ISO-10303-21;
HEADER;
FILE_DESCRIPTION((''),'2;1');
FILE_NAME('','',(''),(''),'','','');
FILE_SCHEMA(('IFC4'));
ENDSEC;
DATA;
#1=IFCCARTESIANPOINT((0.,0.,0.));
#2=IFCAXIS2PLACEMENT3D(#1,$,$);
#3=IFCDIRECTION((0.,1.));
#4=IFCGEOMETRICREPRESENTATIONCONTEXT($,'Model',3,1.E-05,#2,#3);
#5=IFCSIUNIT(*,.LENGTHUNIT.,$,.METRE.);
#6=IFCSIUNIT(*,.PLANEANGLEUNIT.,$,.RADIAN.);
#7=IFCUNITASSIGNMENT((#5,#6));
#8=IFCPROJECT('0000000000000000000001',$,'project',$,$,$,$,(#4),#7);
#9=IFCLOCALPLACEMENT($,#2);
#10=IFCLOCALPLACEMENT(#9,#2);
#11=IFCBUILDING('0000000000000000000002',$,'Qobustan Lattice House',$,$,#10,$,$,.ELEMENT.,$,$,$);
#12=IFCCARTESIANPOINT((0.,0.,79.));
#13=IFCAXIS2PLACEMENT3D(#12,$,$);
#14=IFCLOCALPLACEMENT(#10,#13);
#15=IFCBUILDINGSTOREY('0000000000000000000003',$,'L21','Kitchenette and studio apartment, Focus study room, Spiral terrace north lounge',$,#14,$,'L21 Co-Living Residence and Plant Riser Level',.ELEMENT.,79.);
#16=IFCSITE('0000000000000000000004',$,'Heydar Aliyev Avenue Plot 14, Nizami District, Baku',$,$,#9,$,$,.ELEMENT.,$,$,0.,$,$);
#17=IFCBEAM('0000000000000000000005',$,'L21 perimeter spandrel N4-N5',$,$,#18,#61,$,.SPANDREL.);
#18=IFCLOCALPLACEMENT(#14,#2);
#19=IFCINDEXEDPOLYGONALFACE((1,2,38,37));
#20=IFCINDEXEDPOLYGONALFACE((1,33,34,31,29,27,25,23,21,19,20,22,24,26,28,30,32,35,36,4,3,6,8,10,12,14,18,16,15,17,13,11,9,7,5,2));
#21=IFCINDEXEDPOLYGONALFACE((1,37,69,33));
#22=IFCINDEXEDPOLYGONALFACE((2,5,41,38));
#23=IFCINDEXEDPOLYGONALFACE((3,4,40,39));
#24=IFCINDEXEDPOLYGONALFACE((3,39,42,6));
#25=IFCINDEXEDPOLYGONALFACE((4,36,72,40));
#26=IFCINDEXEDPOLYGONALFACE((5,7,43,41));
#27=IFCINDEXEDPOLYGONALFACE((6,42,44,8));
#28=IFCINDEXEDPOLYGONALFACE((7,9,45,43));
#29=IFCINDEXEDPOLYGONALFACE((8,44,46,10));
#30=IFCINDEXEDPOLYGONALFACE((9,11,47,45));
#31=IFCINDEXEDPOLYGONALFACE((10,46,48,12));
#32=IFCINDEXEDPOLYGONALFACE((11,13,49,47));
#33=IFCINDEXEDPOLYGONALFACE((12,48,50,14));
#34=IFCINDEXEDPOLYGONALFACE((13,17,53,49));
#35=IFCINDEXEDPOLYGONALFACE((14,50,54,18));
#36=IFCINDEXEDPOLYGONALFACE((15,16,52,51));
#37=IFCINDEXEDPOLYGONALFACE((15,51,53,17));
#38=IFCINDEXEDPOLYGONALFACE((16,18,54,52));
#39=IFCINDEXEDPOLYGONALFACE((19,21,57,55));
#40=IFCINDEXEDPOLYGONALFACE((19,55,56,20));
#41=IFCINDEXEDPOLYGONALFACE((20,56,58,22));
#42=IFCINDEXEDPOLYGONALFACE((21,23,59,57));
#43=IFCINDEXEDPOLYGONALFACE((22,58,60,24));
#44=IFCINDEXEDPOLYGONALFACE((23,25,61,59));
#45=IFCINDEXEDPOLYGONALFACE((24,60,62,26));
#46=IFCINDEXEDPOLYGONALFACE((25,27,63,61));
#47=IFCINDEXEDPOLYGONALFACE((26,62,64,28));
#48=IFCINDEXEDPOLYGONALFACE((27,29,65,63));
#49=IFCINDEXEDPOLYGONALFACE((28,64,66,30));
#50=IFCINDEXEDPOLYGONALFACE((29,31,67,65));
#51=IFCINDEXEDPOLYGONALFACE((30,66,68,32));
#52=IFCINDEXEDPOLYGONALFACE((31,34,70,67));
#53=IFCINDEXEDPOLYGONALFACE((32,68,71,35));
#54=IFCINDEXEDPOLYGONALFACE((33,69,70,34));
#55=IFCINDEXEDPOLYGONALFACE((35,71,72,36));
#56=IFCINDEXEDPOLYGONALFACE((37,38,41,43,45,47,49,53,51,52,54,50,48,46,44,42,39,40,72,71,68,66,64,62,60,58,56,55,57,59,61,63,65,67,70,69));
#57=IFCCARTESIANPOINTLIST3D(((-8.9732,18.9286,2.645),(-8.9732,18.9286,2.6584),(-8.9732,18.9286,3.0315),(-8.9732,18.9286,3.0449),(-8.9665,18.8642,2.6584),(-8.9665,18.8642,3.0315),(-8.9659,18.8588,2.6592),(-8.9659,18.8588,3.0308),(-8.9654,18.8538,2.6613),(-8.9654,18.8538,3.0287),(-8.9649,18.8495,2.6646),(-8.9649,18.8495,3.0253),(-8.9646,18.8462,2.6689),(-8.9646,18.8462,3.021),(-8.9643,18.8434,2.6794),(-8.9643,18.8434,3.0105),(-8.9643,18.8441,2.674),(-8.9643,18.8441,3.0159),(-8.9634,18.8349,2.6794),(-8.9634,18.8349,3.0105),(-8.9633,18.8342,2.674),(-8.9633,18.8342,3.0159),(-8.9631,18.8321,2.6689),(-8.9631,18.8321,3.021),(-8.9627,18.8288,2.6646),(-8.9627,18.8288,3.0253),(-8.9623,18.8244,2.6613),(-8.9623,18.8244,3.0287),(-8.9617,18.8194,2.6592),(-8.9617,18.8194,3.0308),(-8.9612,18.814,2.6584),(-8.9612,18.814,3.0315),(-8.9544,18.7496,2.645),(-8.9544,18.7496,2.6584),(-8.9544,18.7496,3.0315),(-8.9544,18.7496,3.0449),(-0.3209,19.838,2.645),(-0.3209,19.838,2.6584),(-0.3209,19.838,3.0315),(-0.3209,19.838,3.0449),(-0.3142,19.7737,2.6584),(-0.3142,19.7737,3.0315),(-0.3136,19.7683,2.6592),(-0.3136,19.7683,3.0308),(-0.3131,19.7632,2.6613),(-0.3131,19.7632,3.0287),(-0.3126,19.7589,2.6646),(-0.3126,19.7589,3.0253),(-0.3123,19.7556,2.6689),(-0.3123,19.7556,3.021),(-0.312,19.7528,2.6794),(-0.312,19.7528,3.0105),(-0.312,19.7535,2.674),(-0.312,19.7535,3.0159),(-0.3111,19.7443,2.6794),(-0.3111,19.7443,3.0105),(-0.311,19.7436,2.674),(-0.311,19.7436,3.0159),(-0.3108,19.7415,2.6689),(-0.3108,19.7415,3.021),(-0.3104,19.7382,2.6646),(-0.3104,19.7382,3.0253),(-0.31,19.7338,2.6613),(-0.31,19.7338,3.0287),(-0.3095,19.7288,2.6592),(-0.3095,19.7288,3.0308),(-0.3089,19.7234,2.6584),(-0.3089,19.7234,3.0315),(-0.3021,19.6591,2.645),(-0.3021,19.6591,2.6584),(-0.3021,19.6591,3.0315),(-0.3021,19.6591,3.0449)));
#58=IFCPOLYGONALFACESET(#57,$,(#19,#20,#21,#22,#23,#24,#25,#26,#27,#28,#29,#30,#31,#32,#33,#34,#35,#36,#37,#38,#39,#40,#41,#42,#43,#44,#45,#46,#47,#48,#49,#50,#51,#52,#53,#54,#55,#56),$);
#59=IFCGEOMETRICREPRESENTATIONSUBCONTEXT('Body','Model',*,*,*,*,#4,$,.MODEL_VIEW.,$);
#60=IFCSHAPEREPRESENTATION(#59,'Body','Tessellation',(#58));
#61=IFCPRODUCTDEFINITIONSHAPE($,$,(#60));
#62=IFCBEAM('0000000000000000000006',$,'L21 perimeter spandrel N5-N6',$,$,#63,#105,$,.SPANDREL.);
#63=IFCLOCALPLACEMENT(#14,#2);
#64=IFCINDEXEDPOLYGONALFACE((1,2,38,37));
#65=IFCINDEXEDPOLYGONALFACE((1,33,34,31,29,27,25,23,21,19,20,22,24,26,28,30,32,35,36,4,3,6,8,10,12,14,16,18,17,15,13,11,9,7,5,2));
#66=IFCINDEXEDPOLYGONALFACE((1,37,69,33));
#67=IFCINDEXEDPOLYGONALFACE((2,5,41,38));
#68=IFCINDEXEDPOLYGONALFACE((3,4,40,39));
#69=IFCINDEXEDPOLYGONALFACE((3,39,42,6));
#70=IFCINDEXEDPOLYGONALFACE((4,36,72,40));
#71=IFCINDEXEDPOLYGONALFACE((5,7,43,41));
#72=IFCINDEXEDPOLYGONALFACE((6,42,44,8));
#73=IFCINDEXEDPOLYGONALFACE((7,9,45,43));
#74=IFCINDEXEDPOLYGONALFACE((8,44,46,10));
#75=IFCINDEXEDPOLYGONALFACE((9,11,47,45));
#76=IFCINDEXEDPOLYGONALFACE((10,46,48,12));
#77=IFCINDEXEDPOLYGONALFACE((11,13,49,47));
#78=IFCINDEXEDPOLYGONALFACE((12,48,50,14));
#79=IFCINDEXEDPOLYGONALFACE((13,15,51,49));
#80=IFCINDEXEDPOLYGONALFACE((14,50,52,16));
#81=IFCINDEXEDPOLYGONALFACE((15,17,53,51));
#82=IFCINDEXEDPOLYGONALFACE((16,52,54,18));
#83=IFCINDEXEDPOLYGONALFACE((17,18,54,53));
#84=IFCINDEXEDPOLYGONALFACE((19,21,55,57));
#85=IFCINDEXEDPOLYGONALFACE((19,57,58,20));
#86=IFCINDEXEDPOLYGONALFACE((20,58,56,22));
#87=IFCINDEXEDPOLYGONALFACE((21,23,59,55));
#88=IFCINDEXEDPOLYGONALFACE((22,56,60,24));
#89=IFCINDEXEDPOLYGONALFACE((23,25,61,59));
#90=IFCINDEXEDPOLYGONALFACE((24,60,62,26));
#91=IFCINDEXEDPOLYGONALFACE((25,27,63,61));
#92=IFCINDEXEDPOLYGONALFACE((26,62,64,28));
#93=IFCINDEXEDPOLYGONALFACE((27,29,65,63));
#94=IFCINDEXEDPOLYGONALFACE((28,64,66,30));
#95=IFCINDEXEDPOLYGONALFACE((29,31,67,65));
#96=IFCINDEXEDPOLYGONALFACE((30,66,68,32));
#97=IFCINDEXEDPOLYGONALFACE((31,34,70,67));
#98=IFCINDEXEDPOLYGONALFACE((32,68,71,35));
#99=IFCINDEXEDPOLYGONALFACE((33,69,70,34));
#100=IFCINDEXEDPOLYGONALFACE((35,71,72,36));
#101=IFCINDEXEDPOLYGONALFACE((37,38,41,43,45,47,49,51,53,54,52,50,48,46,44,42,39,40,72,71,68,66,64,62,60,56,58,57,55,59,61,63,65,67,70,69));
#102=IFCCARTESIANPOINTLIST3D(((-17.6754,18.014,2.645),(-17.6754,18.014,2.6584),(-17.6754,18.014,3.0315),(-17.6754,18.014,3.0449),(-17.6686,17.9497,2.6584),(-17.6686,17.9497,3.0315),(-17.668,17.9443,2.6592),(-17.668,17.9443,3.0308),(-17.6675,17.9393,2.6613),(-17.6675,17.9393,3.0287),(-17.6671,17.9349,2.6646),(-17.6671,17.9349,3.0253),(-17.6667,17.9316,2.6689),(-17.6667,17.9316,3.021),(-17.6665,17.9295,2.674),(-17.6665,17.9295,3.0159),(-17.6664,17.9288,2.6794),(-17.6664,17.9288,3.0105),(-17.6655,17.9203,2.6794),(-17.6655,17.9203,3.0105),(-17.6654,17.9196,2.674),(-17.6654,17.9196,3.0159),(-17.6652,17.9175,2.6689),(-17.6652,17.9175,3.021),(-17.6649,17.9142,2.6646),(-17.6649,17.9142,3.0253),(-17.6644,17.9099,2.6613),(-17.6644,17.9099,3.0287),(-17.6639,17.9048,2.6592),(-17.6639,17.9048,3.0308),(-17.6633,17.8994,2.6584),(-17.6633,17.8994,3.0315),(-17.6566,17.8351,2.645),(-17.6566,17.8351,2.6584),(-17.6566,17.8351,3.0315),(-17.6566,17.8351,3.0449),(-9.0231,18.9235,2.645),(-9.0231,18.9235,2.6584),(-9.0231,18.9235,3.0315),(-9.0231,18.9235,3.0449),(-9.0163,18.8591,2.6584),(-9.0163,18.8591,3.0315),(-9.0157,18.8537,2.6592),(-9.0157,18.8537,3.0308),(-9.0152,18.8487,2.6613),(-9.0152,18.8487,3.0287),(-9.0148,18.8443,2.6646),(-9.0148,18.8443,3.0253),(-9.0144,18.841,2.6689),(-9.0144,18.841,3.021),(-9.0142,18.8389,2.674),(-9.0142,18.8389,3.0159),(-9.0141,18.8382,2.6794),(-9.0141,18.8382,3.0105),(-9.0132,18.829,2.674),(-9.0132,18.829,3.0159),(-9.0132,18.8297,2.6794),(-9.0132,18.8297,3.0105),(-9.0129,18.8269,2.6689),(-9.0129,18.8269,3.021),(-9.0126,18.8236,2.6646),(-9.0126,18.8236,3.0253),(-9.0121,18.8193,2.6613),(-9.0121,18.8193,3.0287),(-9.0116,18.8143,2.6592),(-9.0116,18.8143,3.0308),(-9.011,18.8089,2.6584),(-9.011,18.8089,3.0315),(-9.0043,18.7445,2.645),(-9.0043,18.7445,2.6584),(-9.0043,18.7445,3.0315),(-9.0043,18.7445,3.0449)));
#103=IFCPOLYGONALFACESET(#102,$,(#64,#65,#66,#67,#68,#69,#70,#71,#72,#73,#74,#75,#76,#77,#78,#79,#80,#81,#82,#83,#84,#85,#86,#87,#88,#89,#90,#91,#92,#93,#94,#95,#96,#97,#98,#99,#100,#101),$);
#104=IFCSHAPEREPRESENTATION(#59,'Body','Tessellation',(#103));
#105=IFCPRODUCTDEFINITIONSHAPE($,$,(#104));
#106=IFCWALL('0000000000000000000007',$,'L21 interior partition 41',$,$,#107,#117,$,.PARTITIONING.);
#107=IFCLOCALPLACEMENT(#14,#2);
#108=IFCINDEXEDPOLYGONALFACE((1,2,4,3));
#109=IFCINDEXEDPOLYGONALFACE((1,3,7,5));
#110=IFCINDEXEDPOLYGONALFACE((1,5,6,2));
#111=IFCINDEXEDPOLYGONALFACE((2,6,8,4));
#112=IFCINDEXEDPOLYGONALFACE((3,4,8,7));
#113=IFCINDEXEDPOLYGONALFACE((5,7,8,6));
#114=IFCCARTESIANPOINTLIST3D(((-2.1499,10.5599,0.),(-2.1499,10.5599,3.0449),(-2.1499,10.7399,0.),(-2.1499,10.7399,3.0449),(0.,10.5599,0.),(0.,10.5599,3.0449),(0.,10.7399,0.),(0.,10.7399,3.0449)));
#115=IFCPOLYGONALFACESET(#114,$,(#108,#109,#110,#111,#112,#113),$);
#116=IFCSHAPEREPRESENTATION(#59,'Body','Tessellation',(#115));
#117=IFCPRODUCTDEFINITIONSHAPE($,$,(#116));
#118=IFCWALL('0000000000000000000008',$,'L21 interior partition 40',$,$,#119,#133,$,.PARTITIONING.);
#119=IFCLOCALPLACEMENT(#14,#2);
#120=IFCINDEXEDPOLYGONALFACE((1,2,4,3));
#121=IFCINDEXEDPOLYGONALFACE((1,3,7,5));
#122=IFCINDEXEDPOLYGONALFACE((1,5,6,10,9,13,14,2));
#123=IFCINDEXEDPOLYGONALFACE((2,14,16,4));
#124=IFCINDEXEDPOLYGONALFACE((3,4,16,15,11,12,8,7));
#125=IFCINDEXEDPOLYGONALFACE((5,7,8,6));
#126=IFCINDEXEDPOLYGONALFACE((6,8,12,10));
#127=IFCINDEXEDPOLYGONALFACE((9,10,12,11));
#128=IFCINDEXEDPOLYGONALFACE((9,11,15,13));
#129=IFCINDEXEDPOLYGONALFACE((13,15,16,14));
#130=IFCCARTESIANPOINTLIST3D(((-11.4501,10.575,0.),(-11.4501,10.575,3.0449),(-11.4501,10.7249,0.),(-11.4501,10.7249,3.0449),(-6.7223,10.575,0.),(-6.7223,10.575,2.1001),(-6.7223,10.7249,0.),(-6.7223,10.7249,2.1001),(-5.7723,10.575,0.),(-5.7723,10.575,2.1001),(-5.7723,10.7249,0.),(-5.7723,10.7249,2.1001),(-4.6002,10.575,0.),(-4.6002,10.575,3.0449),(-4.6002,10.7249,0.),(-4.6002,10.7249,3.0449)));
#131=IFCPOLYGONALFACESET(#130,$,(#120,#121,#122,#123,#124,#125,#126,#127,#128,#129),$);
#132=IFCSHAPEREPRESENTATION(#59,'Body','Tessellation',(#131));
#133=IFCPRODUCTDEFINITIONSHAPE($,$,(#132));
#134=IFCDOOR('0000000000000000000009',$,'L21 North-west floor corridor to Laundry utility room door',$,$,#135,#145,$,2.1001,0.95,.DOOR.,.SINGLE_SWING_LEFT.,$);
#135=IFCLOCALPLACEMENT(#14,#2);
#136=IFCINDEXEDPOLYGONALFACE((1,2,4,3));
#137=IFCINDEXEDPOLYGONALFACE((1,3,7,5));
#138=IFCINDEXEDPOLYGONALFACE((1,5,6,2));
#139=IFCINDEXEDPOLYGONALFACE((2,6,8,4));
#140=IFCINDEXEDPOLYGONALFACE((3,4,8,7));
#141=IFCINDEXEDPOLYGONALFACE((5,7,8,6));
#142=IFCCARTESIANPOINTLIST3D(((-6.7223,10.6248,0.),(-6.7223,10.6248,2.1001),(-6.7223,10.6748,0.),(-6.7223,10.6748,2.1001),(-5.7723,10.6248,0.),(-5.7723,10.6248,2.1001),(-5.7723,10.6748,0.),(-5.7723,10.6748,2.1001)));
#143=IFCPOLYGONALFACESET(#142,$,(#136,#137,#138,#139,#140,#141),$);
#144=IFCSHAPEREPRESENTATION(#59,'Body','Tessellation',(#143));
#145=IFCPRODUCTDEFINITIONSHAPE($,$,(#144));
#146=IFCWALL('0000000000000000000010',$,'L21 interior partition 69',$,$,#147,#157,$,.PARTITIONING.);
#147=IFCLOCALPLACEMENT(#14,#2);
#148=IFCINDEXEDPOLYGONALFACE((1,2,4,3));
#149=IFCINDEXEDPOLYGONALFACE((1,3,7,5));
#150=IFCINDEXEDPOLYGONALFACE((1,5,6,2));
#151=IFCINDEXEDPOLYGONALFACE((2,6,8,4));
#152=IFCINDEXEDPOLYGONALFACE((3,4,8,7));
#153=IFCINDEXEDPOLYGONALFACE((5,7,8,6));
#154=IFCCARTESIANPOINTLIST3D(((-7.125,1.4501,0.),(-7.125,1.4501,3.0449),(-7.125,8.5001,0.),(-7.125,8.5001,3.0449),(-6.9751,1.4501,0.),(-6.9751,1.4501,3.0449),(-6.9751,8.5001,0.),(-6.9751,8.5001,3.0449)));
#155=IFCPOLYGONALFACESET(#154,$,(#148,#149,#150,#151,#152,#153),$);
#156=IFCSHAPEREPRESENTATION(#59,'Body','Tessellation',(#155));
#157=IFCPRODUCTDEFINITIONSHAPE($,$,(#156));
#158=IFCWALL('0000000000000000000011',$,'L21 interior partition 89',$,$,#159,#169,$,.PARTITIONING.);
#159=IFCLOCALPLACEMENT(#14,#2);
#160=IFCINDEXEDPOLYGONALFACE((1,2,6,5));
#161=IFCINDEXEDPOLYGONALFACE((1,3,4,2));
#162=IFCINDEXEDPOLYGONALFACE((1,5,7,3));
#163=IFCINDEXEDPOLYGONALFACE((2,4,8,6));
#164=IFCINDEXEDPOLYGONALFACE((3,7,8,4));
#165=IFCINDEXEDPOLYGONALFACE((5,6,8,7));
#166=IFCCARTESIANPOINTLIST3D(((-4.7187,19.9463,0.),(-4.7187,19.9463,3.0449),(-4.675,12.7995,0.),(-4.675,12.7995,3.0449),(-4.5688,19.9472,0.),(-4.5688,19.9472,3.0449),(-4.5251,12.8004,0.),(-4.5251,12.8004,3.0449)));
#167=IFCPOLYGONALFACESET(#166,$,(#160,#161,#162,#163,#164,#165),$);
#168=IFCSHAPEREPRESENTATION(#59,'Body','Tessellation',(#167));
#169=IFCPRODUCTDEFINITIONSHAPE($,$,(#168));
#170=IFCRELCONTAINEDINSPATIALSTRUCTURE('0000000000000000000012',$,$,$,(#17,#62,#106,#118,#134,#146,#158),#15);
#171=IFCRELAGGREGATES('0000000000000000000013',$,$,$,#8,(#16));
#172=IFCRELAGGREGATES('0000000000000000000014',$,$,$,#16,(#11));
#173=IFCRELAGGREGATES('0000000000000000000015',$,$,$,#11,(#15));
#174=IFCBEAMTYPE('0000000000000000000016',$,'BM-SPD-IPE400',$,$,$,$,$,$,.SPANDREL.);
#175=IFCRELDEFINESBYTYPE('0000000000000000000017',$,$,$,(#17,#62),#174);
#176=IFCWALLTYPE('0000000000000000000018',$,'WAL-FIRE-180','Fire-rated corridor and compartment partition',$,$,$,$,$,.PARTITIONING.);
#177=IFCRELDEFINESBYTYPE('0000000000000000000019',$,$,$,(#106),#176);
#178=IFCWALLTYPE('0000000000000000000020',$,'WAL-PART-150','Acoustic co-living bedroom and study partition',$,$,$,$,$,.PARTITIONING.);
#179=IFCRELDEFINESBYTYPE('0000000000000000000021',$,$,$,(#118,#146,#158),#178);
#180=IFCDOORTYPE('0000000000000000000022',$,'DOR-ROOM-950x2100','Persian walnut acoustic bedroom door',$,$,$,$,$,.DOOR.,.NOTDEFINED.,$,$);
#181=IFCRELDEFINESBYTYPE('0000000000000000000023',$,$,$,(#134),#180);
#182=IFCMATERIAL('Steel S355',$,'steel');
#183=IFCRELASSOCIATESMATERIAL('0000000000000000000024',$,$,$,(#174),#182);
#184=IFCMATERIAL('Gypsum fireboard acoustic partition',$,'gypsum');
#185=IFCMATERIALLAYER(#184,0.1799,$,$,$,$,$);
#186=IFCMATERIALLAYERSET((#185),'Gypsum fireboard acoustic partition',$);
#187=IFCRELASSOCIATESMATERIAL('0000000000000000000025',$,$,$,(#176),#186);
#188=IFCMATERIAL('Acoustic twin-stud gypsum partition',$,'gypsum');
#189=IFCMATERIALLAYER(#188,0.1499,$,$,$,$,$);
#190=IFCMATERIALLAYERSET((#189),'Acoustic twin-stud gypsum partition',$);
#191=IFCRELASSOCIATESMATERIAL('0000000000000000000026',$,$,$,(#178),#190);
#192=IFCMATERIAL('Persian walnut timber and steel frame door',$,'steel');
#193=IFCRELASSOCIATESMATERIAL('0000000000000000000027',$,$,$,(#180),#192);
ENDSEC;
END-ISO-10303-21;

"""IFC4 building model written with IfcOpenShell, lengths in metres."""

from ifc_helpers import new_model, si_unit, direction, frame, frame_2d, origin, origin_2d, place, context, subcontext, project, spatial, rectangle, i_section, extrude, material, layer, layer_set, material_profile, profile_set, type_object, element, fill, save


model = new_model("IFC4")

# Units and contexts
model_context = context("Model", 3, precision=1e-05, world=origin(), true_north=direction((0.0, 1.0)))
body_context = subcontext(model_context, "Body", "Model", "MODEL_VIEW")
ifc_project = project(units=[si_unit("LENGTHUNIT", "METRE"), si_unit("PLANEANGLEUNIT", "RADIAN")], contexts=[model_context])

# Site, building, storey
site_placement = place(None, origin())
site = spatial("IfcSite", under=ifc_project, at=site_placement, Name="Heydar Aliyev Avenue Plot 14, Nizami District, Baku", CompositionType="ELEMENT", RefElevation=0.0)
building_placement = place(site_placement, origin())
building = spatial("IfcBuilding", under=site, at=building_placement, Name="Qobustan Lattice House", CompositionType="ELEMENT")
storey_placement = place(building_placement, frame((0.0, 0.0, 79.0)))
storey = spatial("IfcBuildingStorey", under=building, at=storey_placement, Name="L21", Description="Kitchenette and studio apartment, Focus study room, Spiral terrace north lounge", LongName="L21 Co-Living Residence and Plant Riser Level", CompositionType="ELEMENT", Elevation=79.0)

# Beams
ifc_material_1 = material(Name="Steel S355", Category="steel")
ifc_material_profile_1 = material_profile(ifc_material_1, i_section(OverallWidth=0.1799, OverallDepth=0.3999, WebThickness=0.0085, FlangeThickness=0.0134, FilletRadius=0.021, at=origin_2d()), Name="IPE400")
ifc_profile_set_1 = profile_set([ifc_material_profile_1], Name="Steel S355")
beam_type_1 = type_object("IfcBeamType", Name="BM-SPD-IPE400", PredefinedType="SPANDREL", material=ifc_profile_set_1)
for number, where, z_axis, x_axis, name in (
    (1, (-0.3115, 19.7485, 2.845), (-0.994522, -0.104531, 0.0), (0.104531, -0.994522, 0.0), "L21 perimeter spandrel N4-N5"),
    (2, (-9.0137, 18.834, 2.845), (-0.994522, -0.104531, 0.0), (0.104531, -0.994522, 0.0), "L21 perimeter spandrel N5-N6"),
):
    element("IfcBeam", number, at=place(storey_placement, frame(where, z_axis=z_axis, x_axis=x_axis)), inside=storey, type_object=beam_type_1, Name=name, PredefinedType="SPANDREL", context=body_context, shape_type="SweptSolid", body=[
        extrude(i_section(OverallWidth=0.1799, OverallDepth=0.3999, WebThickness=0.0085, FlangeThickness=0.0134, FilletRadius=0.021, at=origin_2d()), origin(), (0.0, 0.0, 1.0), 8.7),
    ])

# Wall
ifc_material_2 = material(Name="Gypsum fireboard acoustic partition", Category="gypsum")
ifc_layer_1 = layer(ifc_material_2, 0.1799)
ifc_layer_set_1 = layer_set([ifc_layer_1], Name="Gypsum fireboard acoustic partition")
wall_type_1 = type_object("IfcWallType", Name="WAL-FIRE-180", Description="Fire-rated corridor and compartment partition", PredefinedType="PARTITIONING", material=ifc_layer_set_1)
wall_1_placement = place(storey_placement, frame((-2.1499, 10.6499, 0.0), z_axis=(0.0, 0.0, 1.0), x_axis=(1.0, 0.0, 0.0)))
element("IfcWall", 3, at=wall_1_placement, inside=storey, type_object=wall_type_1, Name="L21 interior partition 41", PredefinedType="PARTITIONING", context=body_context, shape_type="SweptSolid", body=[
    extrude(rectangle(XDim=2.1499, YDim=0.1799, at=frame_2d((1.075, 0.0))), origin(), (0.0, 0.0, 1.0), 3.0449),
])

# Wall, opening, door
ifc_material_3 = material(Name="Acoustic twin-stud gypsum partition", Category="gypsum")
ifc_layer_2 = layer(ifc_material_3, 0.1499)
ifc_layer_set_2 = layer_set([ifc_layer_2], Name="Acoustic twin-stud gypsum partition")
wall_type_2 = type_object("IfcWallType", Name="WAL-PART-150", Description="Acoustic co-living bedroom and study partition", PredefinedType="PARTITIONING", material=ifc_layer_set_2)
wall_2_placement = place(storey_placement, frame((-11.45, 10.6499, 0.0), z_axis=(0.0, 0.0, 1.0), x_axis=(1.0, 0.0, 0.0)))
wall_2 = element("IfcWall", 4, at=wall_2_placement, inside=storey, type_object=wall_type_2, Name="L21 interior partition 40", PredefinedType="PARTITIONING", context=body_context, shape_type="SweptSolid", body=[
    extrude(rectangle(XDim=6.8499, YDim=0.1499, at=frame_2d((3.4248, 0.0))), origin(), (0.0, 0.0, 1.0), 3.0449),
])
opening_1_placement = place(wall_2_placement, frame((4.7275, 0.0, 0.0)))
opening_1 = element("IfcOpeningElement", 5, at=opening_1_placement, cuts=wall_2, PredefinedType="OPENING", context=body_context, shape_type="SweptSolid", body=[
    extrude(rectangle(XDim=0.95, YDim=2.1001, at=frame_2d((0.4751, 1.05))), frame((0.0, 0.085, 0.0), z_axis=(0.0, -1.0, 0.0), x_axis=(1.0, 0.0, 0.0)), (0.0, 0.0, 1.0), 0.1699),
])
ifc_material_4 = material(Name="Persian walnut timber and steel frame door", Category="steel")
door_type_1 = type_object("IfcDoorType", Name="DOR-ROOM-950x2100", Description="Persian walnut acoustic bedroom door", OperationType="NOTDEFINED", PredefinedType="DOOR", material=ifc_material_4)
door_1_placement = place(opening_1_placement, origin())
door_1 = element("IfcDoor", 6, at=door_1_placement, inside=storey, type_object=door_type_1, Name="L21 North-west floor corridor to Laundry utility room door", OperationType="SINGLE_SWING_LEFT", OverallHeight=2.1001, OverallWidth=0.95, PredefinedType="DOOR", context=body_context, shape_type="SweptSolid", body=[
    extrude(rectangle(XDim=0.95, YDim=2.1001, at=frame_2d((0.4751, 1.05))), frame((0.0, 0.0249, 0.0), z_axis=(0.0, -1.0, 0.0), x_axis=(1.0, 0.0, 0.0)), (0.0, 0.0, 1.0), 0.05),
])
fill(opening_1, door_1)

# Walls
wall_3_placement = place(storey_placement, frame((-7.05, 8.5, 0.0), z_axis=(0.0, 0.0, 1.0), x_axis=(0.0, -1.0, 0.0)))
element("IfcWall", 7, at=wall_3_placement, inside=storey, type_object=wall_type_2, Name="L21 interior partition 69", PredefinedType="PARTITIONING", context=body_context, shape_type="SweptSolid", body=[
    extrude(rectangle(XDim=7.05, YDim=0.1499, at=frame_2d((3.5249, 0.0))), origin(), (0.0, 0.0, 1.0), 3.0449),
])
wall_4_placement = place(storey_placement, frame((-4.6438, 19.9468, 0.0), z_axis=(0.0, 0.0, 1.0), x_axis=(0.006115, -0.999981, 0.0)))
element("IfcWall", 8, at=wall_4_placement, inside=storey, type_object=wall_type_2, Name="L21 interior partition 89", PredefinedType="PARTITIONING", context=body_context, shape_type="SweptSolid", body=[
    extrude(rectangle(XDim=7.147, YDim=0.1499, at=frame_2d((3.5735, 0.0))), origin(), (0.0, 0.0, 1.0), 3.0449),
])

save(model, "model.ifc")
